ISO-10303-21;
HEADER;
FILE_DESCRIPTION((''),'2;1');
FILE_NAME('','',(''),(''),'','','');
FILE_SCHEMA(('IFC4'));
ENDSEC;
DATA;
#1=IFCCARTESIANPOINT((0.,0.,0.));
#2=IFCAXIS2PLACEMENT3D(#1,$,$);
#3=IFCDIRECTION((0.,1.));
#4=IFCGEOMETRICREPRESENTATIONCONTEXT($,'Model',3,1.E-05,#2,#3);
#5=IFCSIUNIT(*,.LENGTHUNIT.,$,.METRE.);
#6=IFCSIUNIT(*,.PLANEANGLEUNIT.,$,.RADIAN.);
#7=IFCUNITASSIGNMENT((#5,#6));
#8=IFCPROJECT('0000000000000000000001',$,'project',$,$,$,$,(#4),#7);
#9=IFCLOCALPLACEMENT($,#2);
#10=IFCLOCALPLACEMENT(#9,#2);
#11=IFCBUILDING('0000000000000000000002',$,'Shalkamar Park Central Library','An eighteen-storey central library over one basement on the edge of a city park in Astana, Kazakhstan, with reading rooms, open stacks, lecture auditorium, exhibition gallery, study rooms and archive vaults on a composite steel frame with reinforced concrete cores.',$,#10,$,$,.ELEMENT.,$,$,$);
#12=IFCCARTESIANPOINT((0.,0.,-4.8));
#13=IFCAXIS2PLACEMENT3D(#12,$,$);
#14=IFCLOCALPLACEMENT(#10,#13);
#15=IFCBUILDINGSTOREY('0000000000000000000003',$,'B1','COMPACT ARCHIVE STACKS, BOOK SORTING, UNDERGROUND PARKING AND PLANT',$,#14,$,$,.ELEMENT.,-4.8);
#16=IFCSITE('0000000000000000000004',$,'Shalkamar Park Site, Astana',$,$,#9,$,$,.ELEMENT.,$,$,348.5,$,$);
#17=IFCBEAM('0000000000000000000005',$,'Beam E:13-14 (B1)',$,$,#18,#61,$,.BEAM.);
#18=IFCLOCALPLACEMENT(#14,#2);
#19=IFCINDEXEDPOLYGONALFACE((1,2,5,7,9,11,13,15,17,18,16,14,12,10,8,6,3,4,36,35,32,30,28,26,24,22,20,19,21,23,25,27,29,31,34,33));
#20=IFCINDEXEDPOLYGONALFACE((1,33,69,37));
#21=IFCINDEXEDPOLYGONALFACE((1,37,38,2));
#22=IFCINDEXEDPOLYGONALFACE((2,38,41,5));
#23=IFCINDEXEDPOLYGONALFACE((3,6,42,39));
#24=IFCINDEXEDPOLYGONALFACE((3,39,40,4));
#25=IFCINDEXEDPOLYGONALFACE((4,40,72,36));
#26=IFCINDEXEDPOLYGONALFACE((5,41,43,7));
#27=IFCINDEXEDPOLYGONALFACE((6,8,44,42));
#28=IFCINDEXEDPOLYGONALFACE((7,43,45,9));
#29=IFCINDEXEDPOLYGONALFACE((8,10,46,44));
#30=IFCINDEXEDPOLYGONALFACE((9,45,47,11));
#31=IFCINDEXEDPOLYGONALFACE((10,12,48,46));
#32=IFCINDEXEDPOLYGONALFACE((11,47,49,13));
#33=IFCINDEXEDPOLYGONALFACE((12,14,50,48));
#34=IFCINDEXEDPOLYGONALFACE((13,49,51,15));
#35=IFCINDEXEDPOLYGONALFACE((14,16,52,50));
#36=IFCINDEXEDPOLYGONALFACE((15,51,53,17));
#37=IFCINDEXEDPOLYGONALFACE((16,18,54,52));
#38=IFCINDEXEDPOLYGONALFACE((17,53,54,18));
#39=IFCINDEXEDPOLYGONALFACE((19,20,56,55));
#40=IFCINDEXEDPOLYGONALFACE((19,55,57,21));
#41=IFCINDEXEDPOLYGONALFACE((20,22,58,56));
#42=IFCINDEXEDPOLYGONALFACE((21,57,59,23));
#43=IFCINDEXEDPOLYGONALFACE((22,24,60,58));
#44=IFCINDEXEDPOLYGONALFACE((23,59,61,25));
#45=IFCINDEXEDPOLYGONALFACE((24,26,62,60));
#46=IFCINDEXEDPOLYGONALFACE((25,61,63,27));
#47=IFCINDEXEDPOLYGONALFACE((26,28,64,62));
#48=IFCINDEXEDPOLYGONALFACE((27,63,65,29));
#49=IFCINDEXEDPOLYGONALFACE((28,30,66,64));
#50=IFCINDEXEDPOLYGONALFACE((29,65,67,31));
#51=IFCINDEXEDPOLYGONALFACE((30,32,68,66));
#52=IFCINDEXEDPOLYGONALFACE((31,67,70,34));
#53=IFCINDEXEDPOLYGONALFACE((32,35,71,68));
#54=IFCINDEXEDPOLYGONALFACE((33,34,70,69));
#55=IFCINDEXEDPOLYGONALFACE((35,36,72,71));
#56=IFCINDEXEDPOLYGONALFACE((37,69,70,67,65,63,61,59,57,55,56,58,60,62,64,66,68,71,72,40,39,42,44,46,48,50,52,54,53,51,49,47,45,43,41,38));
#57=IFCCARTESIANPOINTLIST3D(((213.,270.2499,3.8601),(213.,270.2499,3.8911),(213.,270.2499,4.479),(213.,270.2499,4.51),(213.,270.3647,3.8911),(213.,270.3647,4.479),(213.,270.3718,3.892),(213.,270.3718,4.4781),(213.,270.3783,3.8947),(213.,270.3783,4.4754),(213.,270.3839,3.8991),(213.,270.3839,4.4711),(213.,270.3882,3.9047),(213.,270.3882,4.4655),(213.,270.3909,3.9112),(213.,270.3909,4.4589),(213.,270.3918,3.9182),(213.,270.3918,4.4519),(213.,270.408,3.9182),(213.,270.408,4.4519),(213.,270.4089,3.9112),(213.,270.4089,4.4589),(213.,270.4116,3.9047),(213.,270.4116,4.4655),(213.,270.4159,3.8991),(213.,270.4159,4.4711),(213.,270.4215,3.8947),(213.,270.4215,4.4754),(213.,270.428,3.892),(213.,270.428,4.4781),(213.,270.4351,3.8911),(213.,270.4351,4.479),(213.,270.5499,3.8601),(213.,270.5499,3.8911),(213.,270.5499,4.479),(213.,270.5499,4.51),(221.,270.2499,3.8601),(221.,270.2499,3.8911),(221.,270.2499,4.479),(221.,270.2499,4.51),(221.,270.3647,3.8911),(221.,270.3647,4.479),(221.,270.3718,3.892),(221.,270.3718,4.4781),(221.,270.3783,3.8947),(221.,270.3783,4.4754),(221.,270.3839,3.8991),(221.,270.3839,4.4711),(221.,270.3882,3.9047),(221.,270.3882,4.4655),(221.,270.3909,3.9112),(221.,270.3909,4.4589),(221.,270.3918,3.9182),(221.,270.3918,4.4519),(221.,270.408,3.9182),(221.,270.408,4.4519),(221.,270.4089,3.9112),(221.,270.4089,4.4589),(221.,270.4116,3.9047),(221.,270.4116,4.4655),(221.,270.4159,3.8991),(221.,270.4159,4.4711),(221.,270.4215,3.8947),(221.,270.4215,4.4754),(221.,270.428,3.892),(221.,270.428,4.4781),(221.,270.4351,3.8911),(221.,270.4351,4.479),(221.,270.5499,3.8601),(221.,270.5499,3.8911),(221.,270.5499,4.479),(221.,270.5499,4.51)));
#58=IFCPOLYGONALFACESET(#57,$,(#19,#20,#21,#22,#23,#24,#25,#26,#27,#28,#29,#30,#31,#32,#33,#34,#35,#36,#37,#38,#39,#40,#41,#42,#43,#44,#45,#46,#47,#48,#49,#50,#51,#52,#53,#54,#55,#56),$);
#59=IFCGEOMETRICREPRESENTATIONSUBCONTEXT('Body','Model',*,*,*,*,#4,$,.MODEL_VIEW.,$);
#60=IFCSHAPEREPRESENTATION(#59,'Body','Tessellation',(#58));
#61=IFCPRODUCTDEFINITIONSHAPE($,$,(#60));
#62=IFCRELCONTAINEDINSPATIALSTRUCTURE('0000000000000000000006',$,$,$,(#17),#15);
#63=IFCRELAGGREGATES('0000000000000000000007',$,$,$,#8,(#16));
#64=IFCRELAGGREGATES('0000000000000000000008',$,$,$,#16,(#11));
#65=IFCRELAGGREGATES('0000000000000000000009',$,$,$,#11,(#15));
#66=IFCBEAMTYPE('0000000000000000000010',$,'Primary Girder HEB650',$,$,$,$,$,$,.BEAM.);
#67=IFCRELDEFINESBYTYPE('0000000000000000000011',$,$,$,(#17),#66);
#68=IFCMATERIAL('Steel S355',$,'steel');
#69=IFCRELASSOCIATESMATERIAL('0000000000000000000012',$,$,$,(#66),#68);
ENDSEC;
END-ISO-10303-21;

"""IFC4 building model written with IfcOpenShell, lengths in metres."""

from ifc_helpers import new_model, si_unit, direction, frame, origin, origin_2d, place, context, subcontext, project, spatial, i_section, extrude, material, material_profile, profile_set, type_object, element, save


model = new_model("IFC4")

# Units and contexts
model_context = context("Model", 3, precision=1e-05, world=origin(), true_north=direction((0.0, 1.0)))
body_context = subcontext(model_context, "Body", "Model", "MODEL_VIEW")
ifc_project = project(units=[si_unit("LENGTHUNIT", "METRE"), si_unit("PLANEANGLEUNIT", "RADIAN")], contexts=[model_context])

# Site, building, storey
site_placement = place(None, origin())
site = spatial("IfcSite", under=ifc_project, at=site_placement, Name="Shalkamar Park Site, Astana", CompositionType="ELEMENT", RefElevation=348.5)
building_placement = place(site_placement, origin())
building = spatial("IfcBuilding", under=site, at=building_placement, Name="Shalkamar Park Central Library", Description="An eighteen-storey central library over one basement on the edge of a city park in Astana, Kazakhstan, with reading rooms, open stacks, lecture auditorium, exhibition gallery, study rooms and archive vaults on a composite steel frame with reinforced concrete cores.", CompositionType="ELEMENT")
storey_placement = place(building_placement, frame((0.0, 0.0, -4.8)))
storey = spatial("IfcBuildingStorey", under=building, at=storey_placement, Name="B1", Description="COMPACT ARCHIVE STACKS, BOOK SORTING, UNDERGROUND PARKING AND PLANT", CompositionType="ELEMENT", Elevation=-4.8)

# Shared definitions
ifc_material_1 = material(Name="Steel S355", Category="steel")

# Beam
ifc_material_profile_1 = material_profile(ifc_material_1, i_section(OverallWidth=0.3, OverallDepth=0.6499, WebThickness=0.0161, FlangeThickness=0.031, FilletRadius=0.0271, at=origin_2d()), Name="HEB 650")
ifc_profile_set_1 = profile_set([ifc_material_profile_1], Name="Steel S355")
beam_type_1 = type_object("IfcBeamType", Name="Primary Girder HEB650", PredefinedType="BEAM", material=ifc_profile_set_1)
beam_1_placement = place(storey_placement, frame((213.0, 270.3999, 4.1851), z_axis=(1.0, 0.0, 0.0), x_axis=(0.0, 1.0, 0.0)))
element("IfcBeam", 1, at=beam_1_placement, inside=storey, type_object=beam_type_1, Name="Beam E:13-14 (B1)", PredefinedType="BEAM", context=body_context, shape_type="SweptSolid", body=[
    extrude(i_section(OverallWidth=0.3, OverallDepth=0.6499, WebThickness=0.0161, FlangeThickness=0.031, FilletRadius=0.0271, at=origin_2d()), origin(), (0.0, 0.0, 1.0), 8.0),
])

save(model, "model.ifc")
